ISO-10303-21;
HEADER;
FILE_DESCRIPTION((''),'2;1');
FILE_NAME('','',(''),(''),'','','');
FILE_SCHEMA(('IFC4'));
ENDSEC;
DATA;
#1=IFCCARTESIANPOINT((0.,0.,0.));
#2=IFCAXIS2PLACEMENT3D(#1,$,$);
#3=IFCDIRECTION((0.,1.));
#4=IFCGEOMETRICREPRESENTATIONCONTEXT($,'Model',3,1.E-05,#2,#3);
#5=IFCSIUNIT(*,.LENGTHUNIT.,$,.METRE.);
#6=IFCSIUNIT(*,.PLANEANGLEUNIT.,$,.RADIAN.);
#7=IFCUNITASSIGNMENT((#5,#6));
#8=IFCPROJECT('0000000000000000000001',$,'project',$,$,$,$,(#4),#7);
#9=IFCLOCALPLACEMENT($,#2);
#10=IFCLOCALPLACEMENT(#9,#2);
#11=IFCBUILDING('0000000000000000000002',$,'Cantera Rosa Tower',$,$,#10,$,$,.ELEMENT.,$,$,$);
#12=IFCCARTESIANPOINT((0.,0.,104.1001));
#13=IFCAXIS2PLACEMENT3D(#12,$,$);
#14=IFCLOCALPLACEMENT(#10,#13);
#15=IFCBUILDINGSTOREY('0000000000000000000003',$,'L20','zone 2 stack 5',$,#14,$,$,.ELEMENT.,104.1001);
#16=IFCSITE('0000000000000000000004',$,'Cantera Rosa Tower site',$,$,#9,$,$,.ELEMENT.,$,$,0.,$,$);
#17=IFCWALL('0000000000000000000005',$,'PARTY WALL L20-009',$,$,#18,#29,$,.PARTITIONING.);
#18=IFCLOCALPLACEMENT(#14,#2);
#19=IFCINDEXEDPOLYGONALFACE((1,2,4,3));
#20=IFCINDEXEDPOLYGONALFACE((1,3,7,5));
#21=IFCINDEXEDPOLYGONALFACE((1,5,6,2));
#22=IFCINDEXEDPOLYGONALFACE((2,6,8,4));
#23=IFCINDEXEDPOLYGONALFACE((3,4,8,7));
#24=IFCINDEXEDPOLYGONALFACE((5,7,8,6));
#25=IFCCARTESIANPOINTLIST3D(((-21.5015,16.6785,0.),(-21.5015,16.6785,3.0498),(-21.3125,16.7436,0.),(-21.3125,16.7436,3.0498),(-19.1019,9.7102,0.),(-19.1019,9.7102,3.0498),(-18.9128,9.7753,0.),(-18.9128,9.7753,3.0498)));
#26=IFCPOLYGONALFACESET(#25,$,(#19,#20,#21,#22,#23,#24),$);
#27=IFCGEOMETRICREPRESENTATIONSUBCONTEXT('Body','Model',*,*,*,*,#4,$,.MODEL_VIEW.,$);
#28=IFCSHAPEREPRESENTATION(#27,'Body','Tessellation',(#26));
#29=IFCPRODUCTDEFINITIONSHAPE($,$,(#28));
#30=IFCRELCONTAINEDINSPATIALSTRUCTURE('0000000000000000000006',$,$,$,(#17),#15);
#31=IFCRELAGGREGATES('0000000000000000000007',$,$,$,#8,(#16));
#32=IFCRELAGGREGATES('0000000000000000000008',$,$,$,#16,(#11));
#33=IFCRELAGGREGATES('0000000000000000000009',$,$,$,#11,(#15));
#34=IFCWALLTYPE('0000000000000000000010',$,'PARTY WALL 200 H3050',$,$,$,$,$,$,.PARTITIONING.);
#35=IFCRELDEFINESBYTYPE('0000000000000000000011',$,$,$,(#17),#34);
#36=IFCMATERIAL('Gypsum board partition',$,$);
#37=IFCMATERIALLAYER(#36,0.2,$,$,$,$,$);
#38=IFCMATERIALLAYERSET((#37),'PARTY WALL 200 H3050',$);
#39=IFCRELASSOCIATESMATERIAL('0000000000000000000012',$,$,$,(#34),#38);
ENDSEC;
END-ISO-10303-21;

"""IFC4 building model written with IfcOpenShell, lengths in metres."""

from ifc_helpers import new_model, si_unit, direction, frame, frame_2d, origin, place, context, subcontext, project, spatial, rectangle, extrude, material, layer, layer_set, type_object, element, save


model = new_model("IFC4")

# Units and contexts
model_context = context("Model", 3, precision=1e-05, world=origin(), true_north=direction((0.0, 1.0)))
body_context = subcontext(model_context, "Body", "Model", "MODEL_VIEW")
ifc_project = project(units=[si_unit("LENGTHUNIT", "METRE"), si_unit("PLANEANGLEUNIT", "RADIAN")], contexts=[model_context])

# Site, building, storey
site_placement = place(None, origin())
site = spatial("IfcSite", under=ifc_project, at=site_placement, Name="Cantera Rosa Tower site", CompositionType="ELEMENT", RefElevation=0.0)
building_placement = place(site_placement, origin())
building = spatial("IfcBuilding", under=site, at=building_placement, Name="Cantera Rosa Tower", CompositionType="ELEMENT")
storey_placement = place(building_placement, frame((0.0, 0.0, 104.1001)))
storey = spatial("IfcBuildingStorey", under=building, at=storey_placement, Name="L20", Description="zone 2 stack 5", CompositionType="ELEMENT", Elevation=104.1001)

# Wall
ifc_material_1 = material(Name="Gypsum board partition")
ifc_layer_1 = layer(ifc_material_1, 0.2)
ifc_layer_set_1 = layer_set([ifc_layer_1], Name="PARTY WALL 200 H3050")
wall_type_1 = type_object("IfcWallType", Name="PARTY WALL 200 H3050", PredefinedType="PARTITIONING", material=ifc_layer_set_1)
wall_1_placement = place(storey_placement, frame((-19.0073, 9.7427, 0.0), z_axis=(0.0, 0.0, 1.0), x_axis=(-0.325604, 0.945506, 0.0)))
element("IfcWall", 1, at=wall_1_placement, inside=storey, type_object=wall_type_1, Name="PARTY WALL L20-009", PredefinedType="PARTITIONING", context=body_context, shape_type="SweptSolid", body=[
    extrude(rectangle(XDim=7.3699, YDim=0.2, at=frame_2d((3.6851, 0.0))), origin(), (0.0, 0.0, 1.0), 3.0498),
])

save(model, "model.ifc")
